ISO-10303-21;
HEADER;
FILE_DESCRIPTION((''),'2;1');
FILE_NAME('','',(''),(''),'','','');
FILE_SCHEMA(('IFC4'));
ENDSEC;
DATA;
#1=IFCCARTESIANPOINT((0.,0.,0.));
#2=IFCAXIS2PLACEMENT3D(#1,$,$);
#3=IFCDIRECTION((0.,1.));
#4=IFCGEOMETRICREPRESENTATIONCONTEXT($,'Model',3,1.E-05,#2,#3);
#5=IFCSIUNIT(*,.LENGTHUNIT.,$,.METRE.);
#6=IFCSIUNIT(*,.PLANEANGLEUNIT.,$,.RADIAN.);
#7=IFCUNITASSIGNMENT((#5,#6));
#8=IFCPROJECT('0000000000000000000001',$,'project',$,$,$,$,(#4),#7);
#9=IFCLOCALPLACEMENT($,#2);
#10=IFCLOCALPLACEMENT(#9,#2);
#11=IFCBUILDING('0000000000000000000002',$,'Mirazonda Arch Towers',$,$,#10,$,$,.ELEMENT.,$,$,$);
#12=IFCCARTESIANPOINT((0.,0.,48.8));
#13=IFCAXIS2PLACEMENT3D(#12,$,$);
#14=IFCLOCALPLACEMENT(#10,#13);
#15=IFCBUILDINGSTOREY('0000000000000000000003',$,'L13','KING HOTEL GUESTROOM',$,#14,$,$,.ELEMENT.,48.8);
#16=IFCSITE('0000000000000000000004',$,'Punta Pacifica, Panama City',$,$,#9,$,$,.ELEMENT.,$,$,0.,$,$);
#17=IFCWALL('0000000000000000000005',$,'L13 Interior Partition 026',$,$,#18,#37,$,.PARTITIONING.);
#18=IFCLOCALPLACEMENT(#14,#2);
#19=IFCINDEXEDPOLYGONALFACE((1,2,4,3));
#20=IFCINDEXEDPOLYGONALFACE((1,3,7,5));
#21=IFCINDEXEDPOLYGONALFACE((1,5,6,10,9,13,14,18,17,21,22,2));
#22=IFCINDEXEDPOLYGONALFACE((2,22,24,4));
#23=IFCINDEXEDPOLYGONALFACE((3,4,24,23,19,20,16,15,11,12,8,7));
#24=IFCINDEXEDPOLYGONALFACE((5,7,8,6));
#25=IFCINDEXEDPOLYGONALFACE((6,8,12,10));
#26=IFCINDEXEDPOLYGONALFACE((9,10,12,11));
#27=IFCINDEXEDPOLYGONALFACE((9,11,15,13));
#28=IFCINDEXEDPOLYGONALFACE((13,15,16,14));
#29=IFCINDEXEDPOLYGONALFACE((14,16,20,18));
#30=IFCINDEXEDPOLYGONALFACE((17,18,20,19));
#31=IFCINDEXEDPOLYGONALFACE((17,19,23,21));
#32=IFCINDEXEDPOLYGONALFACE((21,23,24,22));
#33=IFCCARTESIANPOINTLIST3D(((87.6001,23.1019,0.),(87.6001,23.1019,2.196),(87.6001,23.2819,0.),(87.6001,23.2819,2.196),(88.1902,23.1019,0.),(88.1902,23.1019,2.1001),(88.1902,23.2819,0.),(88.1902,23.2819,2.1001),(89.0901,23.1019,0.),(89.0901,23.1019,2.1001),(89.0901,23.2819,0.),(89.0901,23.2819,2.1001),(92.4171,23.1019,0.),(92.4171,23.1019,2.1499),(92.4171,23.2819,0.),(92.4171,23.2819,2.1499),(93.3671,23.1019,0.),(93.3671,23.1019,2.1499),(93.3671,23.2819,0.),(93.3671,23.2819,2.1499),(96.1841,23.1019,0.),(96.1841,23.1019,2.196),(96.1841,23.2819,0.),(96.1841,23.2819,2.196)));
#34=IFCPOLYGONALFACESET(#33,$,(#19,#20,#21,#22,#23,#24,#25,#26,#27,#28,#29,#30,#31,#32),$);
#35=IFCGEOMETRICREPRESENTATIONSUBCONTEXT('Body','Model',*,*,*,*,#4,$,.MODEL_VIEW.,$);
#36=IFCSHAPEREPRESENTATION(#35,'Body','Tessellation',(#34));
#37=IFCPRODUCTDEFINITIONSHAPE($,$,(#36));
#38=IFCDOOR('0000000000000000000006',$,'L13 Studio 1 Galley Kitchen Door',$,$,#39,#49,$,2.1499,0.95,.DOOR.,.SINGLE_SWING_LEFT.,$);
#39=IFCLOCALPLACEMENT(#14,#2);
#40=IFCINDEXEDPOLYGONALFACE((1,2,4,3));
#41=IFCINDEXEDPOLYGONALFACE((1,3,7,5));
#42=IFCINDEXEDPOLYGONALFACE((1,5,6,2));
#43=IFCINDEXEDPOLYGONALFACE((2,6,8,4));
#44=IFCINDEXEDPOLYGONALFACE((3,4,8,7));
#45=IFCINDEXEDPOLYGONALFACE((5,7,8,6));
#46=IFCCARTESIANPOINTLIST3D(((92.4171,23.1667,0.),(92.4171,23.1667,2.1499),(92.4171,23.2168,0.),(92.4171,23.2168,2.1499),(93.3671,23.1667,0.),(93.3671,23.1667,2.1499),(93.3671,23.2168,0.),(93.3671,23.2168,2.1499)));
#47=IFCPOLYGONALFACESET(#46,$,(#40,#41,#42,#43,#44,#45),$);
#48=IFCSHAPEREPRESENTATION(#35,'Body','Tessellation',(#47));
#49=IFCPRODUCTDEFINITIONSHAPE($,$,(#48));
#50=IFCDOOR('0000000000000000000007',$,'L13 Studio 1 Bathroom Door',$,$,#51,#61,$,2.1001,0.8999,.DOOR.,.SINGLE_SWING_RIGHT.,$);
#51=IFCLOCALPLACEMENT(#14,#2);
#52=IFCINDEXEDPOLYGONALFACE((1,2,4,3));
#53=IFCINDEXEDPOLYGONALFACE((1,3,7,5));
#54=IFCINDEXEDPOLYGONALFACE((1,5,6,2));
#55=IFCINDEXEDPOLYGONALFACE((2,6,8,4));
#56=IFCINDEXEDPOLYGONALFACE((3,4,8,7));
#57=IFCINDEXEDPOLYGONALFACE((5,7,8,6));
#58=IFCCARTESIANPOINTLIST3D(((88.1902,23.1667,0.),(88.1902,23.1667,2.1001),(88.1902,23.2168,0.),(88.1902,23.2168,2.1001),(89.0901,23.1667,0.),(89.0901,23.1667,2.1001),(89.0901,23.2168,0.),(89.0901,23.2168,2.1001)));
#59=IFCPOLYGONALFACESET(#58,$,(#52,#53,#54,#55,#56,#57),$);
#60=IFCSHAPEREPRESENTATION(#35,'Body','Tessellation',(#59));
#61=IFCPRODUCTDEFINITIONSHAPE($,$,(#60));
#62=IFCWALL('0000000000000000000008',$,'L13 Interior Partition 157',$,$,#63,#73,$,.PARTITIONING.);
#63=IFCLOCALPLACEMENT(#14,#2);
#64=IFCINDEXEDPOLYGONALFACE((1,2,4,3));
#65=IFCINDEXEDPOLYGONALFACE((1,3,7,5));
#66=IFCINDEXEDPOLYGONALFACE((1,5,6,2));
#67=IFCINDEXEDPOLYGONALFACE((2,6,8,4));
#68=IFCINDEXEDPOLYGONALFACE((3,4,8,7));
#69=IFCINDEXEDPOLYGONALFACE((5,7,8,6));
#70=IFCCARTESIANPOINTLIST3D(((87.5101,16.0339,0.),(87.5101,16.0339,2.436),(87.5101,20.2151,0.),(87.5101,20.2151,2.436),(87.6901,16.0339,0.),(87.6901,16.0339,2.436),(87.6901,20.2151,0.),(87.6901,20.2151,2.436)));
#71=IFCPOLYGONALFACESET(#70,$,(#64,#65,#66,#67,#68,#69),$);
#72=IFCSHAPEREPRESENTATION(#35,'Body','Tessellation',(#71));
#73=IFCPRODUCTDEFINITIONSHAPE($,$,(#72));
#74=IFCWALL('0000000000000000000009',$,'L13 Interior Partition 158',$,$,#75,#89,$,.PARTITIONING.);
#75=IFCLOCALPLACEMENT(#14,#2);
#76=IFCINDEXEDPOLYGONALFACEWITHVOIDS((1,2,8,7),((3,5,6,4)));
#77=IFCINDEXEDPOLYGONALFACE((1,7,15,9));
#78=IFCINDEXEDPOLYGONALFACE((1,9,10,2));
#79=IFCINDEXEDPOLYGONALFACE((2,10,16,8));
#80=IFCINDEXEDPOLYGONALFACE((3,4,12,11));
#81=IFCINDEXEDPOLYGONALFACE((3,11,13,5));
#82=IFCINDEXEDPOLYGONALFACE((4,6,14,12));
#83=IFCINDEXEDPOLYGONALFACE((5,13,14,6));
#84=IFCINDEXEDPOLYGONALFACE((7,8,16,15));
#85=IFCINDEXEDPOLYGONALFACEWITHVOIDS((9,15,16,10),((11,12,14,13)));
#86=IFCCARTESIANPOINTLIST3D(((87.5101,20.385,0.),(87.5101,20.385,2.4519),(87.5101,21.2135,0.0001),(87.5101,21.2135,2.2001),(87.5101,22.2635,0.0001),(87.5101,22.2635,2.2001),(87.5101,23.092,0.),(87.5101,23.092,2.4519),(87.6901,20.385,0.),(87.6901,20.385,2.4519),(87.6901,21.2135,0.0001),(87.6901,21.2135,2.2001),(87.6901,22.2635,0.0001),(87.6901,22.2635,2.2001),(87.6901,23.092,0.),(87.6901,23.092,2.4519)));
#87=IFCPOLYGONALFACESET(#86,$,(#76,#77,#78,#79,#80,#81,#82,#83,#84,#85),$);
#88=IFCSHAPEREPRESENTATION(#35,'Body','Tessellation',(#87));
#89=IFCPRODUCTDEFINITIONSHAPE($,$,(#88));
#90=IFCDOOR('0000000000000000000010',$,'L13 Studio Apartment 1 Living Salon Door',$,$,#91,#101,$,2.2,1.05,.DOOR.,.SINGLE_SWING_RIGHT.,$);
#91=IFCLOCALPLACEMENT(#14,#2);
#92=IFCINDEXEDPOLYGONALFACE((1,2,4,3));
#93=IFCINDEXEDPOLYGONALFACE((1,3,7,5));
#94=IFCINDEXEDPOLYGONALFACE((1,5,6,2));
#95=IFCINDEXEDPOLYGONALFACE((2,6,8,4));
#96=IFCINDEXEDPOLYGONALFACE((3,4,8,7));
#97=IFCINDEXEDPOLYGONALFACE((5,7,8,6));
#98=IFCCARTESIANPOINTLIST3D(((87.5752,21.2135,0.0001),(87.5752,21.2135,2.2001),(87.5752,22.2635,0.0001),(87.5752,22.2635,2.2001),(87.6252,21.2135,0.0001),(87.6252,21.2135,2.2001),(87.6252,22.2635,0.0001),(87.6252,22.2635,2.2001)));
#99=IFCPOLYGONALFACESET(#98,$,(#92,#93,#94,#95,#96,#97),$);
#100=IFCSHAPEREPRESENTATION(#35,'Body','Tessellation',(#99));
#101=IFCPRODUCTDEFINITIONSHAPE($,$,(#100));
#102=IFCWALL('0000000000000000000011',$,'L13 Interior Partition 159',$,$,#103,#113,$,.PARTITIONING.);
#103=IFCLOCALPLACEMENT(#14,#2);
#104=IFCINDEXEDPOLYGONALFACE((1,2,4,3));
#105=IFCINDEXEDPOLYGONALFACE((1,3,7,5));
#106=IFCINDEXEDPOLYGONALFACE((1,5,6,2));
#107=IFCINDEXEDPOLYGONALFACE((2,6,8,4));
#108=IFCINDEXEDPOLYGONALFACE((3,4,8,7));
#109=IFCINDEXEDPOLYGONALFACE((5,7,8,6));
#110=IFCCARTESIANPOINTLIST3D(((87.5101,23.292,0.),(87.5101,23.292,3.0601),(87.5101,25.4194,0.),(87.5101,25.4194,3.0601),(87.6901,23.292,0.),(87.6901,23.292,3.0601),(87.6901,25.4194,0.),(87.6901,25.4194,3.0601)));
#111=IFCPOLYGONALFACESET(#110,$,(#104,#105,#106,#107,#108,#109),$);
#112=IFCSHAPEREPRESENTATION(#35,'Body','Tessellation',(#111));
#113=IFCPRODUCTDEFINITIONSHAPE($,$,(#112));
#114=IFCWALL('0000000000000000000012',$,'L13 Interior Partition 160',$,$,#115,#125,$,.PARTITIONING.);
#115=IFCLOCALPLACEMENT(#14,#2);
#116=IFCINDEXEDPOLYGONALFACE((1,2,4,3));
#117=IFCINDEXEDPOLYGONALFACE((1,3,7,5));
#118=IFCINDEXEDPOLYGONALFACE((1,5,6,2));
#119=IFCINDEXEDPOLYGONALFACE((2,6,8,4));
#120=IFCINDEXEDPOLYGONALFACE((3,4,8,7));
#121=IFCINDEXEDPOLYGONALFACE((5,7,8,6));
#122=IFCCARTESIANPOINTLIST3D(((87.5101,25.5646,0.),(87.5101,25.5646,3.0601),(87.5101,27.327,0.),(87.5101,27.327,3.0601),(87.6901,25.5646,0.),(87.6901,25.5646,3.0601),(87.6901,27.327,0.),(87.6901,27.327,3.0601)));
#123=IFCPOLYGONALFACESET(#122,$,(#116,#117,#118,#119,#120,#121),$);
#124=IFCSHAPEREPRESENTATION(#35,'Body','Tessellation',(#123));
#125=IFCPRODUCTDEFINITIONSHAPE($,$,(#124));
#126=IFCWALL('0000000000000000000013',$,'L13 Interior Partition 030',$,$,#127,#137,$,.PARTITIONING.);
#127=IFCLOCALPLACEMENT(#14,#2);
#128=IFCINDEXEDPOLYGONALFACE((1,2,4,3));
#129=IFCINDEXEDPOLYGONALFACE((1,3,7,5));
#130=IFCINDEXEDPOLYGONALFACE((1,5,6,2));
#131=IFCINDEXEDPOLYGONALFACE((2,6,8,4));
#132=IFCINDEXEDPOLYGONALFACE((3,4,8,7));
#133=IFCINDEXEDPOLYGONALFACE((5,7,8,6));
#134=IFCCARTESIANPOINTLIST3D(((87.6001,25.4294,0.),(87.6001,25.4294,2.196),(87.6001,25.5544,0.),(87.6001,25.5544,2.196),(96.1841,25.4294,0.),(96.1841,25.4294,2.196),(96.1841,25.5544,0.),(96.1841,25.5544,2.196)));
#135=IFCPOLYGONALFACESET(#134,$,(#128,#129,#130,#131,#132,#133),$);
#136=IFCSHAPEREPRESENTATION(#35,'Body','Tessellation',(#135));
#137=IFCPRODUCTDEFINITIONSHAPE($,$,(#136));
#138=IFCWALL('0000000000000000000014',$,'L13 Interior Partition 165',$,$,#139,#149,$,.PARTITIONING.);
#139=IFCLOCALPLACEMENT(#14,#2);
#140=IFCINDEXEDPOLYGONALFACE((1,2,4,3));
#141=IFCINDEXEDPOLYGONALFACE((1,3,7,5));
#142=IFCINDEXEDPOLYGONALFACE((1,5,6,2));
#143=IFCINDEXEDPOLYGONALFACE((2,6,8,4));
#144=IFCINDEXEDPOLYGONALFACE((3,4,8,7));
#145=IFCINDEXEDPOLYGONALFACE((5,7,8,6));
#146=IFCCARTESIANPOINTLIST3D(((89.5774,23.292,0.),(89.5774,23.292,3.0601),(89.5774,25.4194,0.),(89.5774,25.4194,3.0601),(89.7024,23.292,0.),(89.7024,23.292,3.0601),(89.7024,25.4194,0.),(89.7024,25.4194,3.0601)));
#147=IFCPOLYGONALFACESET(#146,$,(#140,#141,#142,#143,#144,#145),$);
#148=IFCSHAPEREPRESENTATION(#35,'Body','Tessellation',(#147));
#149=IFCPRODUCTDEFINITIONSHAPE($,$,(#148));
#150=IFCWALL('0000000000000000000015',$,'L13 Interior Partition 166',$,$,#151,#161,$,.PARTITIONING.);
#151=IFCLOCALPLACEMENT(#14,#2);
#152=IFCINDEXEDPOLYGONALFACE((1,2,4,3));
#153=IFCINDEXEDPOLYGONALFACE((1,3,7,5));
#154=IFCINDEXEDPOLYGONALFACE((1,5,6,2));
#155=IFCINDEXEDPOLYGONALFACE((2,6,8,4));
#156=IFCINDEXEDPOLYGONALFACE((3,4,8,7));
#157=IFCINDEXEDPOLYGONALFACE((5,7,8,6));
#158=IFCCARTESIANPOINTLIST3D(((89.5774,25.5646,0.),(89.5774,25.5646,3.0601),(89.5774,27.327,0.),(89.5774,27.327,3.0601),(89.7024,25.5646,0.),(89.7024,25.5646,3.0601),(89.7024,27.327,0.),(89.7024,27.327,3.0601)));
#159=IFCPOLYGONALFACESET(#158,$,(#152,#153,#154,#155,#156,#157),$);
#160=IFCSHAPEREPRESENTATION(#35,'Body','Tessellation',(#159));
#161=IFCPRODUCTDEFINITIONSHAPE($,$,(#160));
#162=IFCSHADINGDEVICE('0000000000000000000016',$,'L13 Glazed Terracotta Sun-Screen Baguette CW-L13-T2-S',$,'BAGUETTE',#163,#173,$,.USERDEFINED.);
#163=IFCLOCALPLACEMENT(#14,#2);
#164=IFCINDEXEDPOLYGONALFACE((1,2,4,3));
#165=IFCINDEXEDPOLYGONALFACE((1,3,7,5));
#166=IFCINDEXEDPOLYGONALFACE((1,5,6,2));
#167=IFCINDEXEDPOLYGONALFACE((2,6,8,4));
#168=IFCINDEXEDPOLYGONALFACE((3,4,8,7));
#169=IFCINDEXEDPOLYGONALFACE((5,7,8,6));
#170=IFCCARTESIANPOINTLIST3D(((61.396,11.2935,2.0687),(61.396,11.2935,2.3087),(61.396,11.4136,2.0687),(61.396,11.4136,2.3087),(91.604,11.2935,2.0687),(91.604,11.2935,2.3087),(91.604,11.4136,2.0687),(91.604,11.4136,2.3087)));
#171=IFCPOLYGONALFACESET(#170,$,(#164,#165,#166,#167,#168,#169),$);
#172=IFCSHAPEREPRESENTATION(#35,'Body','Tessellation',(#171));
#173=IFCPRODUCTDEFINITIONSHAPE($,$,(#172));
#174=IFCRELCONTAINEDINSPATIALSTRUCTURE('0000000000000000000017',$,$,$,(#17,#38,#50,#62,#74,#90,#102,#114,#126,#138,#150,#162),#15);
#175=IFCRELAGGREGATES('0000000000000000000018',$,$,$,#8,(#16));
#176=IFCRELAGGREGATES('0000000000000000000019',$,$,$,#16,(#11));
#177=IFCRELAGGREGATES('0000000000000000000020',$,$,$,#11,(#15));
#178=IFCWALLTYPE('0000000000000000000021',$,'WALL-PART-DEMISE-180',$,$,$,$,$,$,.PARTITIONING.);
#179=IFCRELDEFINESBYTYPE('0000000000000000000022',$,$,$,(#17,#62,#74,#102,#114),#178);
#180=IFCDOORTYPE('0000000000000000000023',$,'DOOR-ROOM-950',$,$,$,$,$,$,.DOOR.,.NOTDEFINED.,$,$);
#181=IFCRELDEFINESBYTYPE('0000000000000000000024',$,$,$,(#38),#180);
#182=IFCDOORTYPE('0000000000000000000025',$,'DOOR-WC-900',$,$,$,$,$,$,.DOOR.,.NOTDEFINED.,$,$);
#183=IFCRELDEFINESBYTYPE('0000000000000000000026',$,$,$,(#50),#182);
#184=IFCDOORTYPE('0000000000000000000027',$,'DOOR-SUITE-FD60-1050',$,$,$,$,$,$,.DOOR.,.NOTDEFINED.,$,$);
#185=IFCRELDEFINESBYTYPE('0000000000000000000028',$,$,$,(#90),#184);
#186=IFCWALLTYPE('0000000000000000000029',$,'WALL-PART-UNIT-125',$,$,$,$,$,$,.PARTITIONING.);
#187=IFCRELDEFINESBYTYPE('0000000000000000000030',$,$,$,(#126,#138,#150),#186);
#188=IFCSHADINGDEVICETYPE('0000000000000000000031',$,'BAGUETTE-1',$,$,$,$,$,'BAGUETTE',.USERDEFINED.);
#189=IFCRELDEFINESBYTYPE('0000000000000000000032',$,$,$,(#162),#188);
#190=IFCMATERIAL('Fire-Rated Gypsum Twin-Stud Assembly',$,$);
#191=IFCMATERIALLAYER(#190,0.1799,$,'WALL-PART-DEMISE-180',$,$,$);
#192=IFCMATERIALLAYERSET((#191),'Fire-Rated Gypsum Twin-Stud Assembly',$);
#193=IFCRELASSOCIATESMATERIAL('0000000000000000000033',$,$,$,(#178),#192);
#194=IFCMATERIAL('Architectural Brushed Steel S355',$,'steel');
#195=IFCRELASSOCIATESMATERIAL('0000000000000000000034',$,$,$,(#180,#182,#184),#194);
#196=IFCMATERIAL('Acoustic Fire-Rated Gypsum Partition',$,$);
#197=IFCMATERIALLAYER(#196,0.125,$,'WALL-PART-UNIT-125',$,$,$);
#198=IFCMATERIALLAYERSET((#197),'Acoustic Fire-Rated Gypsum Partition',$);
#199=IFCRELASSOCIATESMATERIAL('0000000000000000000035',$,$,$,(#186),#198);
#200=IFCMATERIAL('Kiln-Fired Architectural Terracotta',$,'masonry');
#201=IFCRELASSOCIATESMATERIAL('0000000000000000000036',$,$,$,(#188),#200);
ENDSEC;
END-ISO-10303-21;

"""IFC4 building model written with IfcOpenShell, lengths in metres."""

from ifc_helpers import new_model, si_unit, direction, frame, frame_2d, origin, origin_2d, place, context, subcontext, project, spatial, rectangle, extrude, material, layer, layer_set, material_profile, profile_set, type_object, element, fill, save


model = new_model("IFC4")

# Units and contexts
model_context = context("Model", 3, precision=1e-05, world=origin(), true_north=direction((0.0, 1.0)))
body_context = subcontext(model_context, "Body", "Model", "MODEL_VIEW")
ifc_project = project(units=[si_unit("LENGTHUNIT", "METRE"), si_unit("PLANEANGLEUNIT", "RADIAN")], contexts=[model_context])

# Site, building, storey
site_placement = place(None, origin())
site = spatial("IfcSite", under=ifc_project, at=site_placement, Name="Punta Pacifica, Panama City", CompositionType="ELEMENT", RefElevation=0.0)
building_placement = place(site_placement, origin())
building = spatial("IfcBuilding", under=site, at=building_placement, Name="Mirazonda Arch Towers", CompositionType="ELEMENT")
storey_placement = place(building_placement, frame((0.0, 0.0, 48.8)))
storey = spatial("IfcBuildingStorey", under=building, at=storey_placement, Name="L13", Description="KING HOTEL GUESTROOM", CompositionType="ELEMENT", Elevation=48.8)

# Shared definitions
ifc_material_1 = material(Name="Fire-Rated Gypsum Twin-Stud Assembly")
ifc_layer_1 = layer(ifc_material_1, 0.1799, Name="WALL-PART-DEMISE-180")
ifc_layer_set_1 = layer_set([ifc_layer_1], Name="Fire-Rated Gypsum Twin-Stud Assembly")
wall_type_1 = type_object("IfcWallType", Name="WALL-PART-DEMISE-180", PredefinedType="PARTITIONING", material=ifc_layer_set_1)

# Wall, openings, doors
wall_1_placement = place(storey_placement, frame((87.6001, 23.1919, 0.0), z_axis=(0.0, 0.0, 1.0), x_axis=(1.0, 0.0, 0.0)))
wall_1 = element("IfcWall", 1, at=wall_1_placement, inside=storey, type_object=wall_type_1, Name="L13 Interior Partition 026", PredefinedType="PARTITIONING", context=body_context, shape_type="SweptSolid", body=[
    extrude(rectangle(XDim=8.584, YDim=0.1799, at=frame_2d((4.292, 0.0))), origin(), (0.0, 0.0, 1.0), 2.196),
])
opening_1_placement = place(wall_1_placement, frame((4.8169, 0.0, 0.0)))
opening_1 = element("IfcOpeningElement", 2, at=opening_1_placement, cuts=wall_1, PredefinedType="OPENING", context=body_context, shape_type="SweptSolid", body=[
    extrude(rectangle(XDim=0.95, YDim=2.1499, at=frame_2d((0.4751, 1.075))), frame((0.0, 0.0999, 0.0), z_axis=(0.0, -1.0, 0.0), x_axis=(1.0, 0.0, 0.0)), (0.0, 0.0, 1.0), 0.2),
])
opening_2_placement = place(wall_1_placement, frame((0.5901, 0.0, 0.0)))
opening_2 = element("IfcOpeningElement", 3, at=opening_2_placement, cuts=wall_1, PredefinedType="OPENING", context=body_context, shape_type="SweptSolid", body=[
    extrude(rectangle(XDim=0.8999, YDim=2.1001, at=frame_2d((0.45, 1.05))), frame((0.0, 0.0999, 0.0), z_axis=(0.0, -1.0, 0.0), x_axis=(1.0, 0.0, 0.0)), (0.0, 0.0, 1.0), 0.2),
])
ifc_material_2 = material(Name="Architectural Brushed Steel S355", Category="steel")
door_type_1 = type_object("IfcDoorType", Name="DOOR-ROOM-950", OperationType="NOTDEFINED", PredefinedType="DOOR", material=ifc_material_2)
door_1_placement = place(opening_1_placement, origin())
door_1 = element("IfcDoor", 4, at=door_1_placement, inside=storey, type_object=door_type_1, Name="L13 Studio 1 Galley Kitchen Door", OperationType="SINGLE_SWING_LEFT", OverallHeight=2.1499, OverallWidth=0.95, PredefinedType="DOOR", context=body_context, shape_type="SweptSolid", body=[
    extrude(rectangle(XDim=0.95, YDim=2.1499, at=frame_2d((0.4751, 1.075))), frame((0.0, 0.0249, 0.0), z_axis=(0.0, -1.0, 0.0), x_axis=(1.0, 0.0, 0.0)), (0.0, 0.0, 1.0), 0.05),
])
fill(opening_1, door_1)
door_type_2 = type_object("IfcDoorType", Name="DOOR-WC-900", OperationType="NOTDEFINED", PredefinedType="DOOR", material=ifc_material_2)
door_2_placement = place(opening_2_placement, origin())
door_2 = element("IfcDoor", 5, at=door_2_placement, inside=storey, type_object=door_type_2, Name="L13 Studio 1 Bathroom Door", OperationType="SINGLE_SWING_RIGHT", OverallHeight=2.1001, OverallWidth=0.8999, PredefinedType="DOOR", context=body_context, shape_type="SweptSolid", body=[
    extrude(rectangle(XDim=0.8999, YDim=2.1001, at=frame_2d((0.45, 1.05))), frame((0.0, 0.0249, 0.0), z_axis=(0.0, -1.0, 0.0), x_axis=(1.0, 0.0, 0.0)), (0.0, 0.0, 1.0), 0.05),
])
fill(opening_2, door_2)

# Wall
wall_2_placement = place(storey_placement, frame((87.6001, 16.0339, 0.0), z_axis=(0.0, 0.0, 1.0), x_axis=(0.0, 1.0, 0.0)))
element("IfcWall", 6, at=wall_2_placement, inside=storey, type_object=wall_type_1, Name="L13 Interior Partition 157", PredefinedType="PARTITIONING", context=body_context, shape_type="SweptSolid", body=[
    extrude(rectangle(XDim=4.1812, YDim=0.1799, at=frame_2d((2.0906, 0.0))), origin(), (0.0, 0.0, 1.0), 2.436),
])

# Wall, opening, door
wall_3_placement = place(storey_placement, frame((87.6001, 20.385, 0.0), z_axis=(0.0, 0.0, 1.0), x_axis=(0.0, 1.0, 0.0)))
wall_3 = element("IfcWall", 7, at=wall_3_placement, inside=storey, type_object=wall_type_1, Name="L13 Interior Partition 158", PredefinedType="PARTITIONING", context=body_context, shape_type="SweptSolid", body=[
    extrude(rectangle(XDim=2.707, YDim=0.1799, at=frame_2d((1.3535, 0.0))), origin(), (0.0, 0.0, 1.0), 2.4519),
])
opening_3_placement = place(wall_3_placement, frame((0.8286, 0.0, 0.0)))
opening_3 = element("IfcOpeningElement", 8, at=opening_3_placement, cuts=wall_3, PredefinedType="OPENING", context=body_context, shape_type="SweptSolid", body=[
    extrude(rectangle(XDim=1.05, YDim=2.2, at=frame_2d((0.5249, 1.1001))), frame((0.0, 0.0999, 0.0), z_axis=(0.0, -1.0, 0.0), x_axis=(1.0, 0.0, 0.0)), (0.0, 0.0, 1.0), 0.2),
])
door_type_3 = type_object("IfcDoorType", Name="DOOR-SUITE-FD60-1050", OperationType="NOTDEFINED", PredefinedType="DOOR", material=ifc_material_2)
door_3_placement = place(opening_3_placement, origin())
door_3 = element("IfcDoor", 9, at=door_3_placement, inside=storey, type_object=door_type_3, Name="L13 Studio Apartment 1 Living Salon Door", OperationType="SINGLE_SWING_RIGHT", OverallHeight=2.2, OverallWidth=1.05, PredefinedType="DOOR", context=body_context, shape_type="SweptSolid", body=[
    extrude(rectangle(XDim=1.05, YDim=2.2, at=frame_2d((0.5249, 1.1001))), frame((0.0, 0.0249, 0.0), z_axis=(0.0, -1.0, 0.0), x_axis=(1.0, 0.0, 0.0)), (0.0, 0.0, 1.0), 0.05),
])
fill(opening_3, door_3)

# Walls
wall_4_placement = place(storey_placement, frame((87.6001, 23.292, 0.0), z_axis=(0.0, 0.0, 1.0), x_axis=(0.0, 1.0, 0.0)))
element("IfcWall", 10, at=wall_4_placement, inside=storey, type_object=wall_type_1, Name="L13 Interior Partition 159", PredefinedType="PARTITIONING", context=body_context, shape_type="SweptSolid", body=[
    extrude(rectangle(XDim=2.1274, YDim=0.1799, at=frame_2d((1.0637, 0.0))), origin(), (0.0, 0.0, 1.0), 3.0601),
])
wall_5_placement = place(storey_placement, frame((87.6001, 25.5645, 0.0), z_axis=(0.0, 0.0, 1.0), x_axis=(0.0, 1.0, 0.0)))
element("IfcWall", 11, at=wall_5_placement, inside=storey, type_object=wall_type_1, Name="L13 Interior Partition 160", PredefinedType="PARTITIONING", context=body_context, shape_type="SweptSolid", body=[
    extrude(rectangle(XDim=1.7625, YDim=0.1799, at=frame_2d((0.8813, 0.0))), origin(), (0.0, 0.0, 1.0), 3.0601),
])
ifc_material_3 = material(Name="Acoustic Fire-Rated Gypsum Partition")
ifc_layer_2 = layer(ifc_material_3, 0.125, Name="WALL-PART-UNIT-125")
ifc_layer_set_2 = layer_set([ifc_layer_2], Name="Acoustic Fire-Rated Gypsum Partition")
wall_type_2 = type_object("IfcWallType", Name="WALL-PART-UNIT-125", PredefinedType="PARTITIONING", material=ifc_layer_set_2)
wall_6_placement = place(storey_placement, frame((87.6001, 25.4919, 0.0), z_axis=(0.0, 0.0, 1.0), x_axis=(1.0, 0.0, 0.0)))
element("IfcWall", 12, at=wall_6_placement, inside=storey, type_object=wall_type_2, Name="L13 Interior Partition 030", PredefinedType="PARTITIONING", context=body_context, shape_type="SweptSolid", body=[
    extrude(rectangle(XDim=8.584, YDim=0.125, at=frame_2d((4.292, 0.0))), origin(), (0.0, 0.0, 1.0), 2.196),
])
wall_7_placement = place(storey_placement, frame((89.6399, 23.292, 0.0), z_axis=(0.0, 0.0, 1.0), x_axis=(0.0, 1.0, 0.0)))
element("IfcWall", 13, at=wall_7_placement, inside=storey, type_object=wall_type_2, Name="L13 Interior Partition 165", PredefinedType="PARTITIONING", context=body_context, shape_type="SweptSolid", body=[
    extrude(rectangle(XDim=2.1274, YDim=0.125, at=frame_2d((1.0637, 0.0))), origin(), (0.0, 0.0, 1.0), 3.0601),
])
wall_8_placement = place(storey_placement, frame((89.6399, 25.5645, 0.0), z_axis=(0.0, 0.0, 1.0), x_axis=(0.0, 1.0, 0.0)))
element("IfcWall", 14, at=wall_8_placement, inside=storey, type_object=wall_type_2, Name="L13 Interior Partition 166", PredefinedType="PARTITIONING", context=body_context, shape_type="SweptSolid", body=[
    extrude(rectangle(XDim=1.7625, YDim=0.125, at=frame_2d((0.8813, 0.0))), origin(), (0.0, 0.0, 1.0), 3.0601),
])

# Shading device
ifc_material_4 = material(Name="Kiln-Fired Architectural Terracotta", Category="masonry")
ifc_material_profile_1 = material_profile(ifc_material_4, rectangle(XDim=0.1201, YDim=0.24, at=origin_2d()), Name="TERRA-BAG-120x240")
ifc_profile_set_1 = profile_set([ifc_material_profile_1], Name="Kiln-Fired Architectural Terracotta")
shading_device_type = type_object("IfcShadingDeviceType", Name="BAGUETTE-1", ElementType="BAGUETTE", PredefinedType="USERDEFINED", material=ifc_profile_set_1)
shading_device_1_placement = place(storey_placement, frame((91.604, 11.3535, 2.1887), z_axis=(-1.0, 0.0, 0.0), x_axis=(0.0, -1.0, 0.0)))
element("IfcShadingDevice", 15, at=shading_device_1_placement, inside=storey, type_object=shading_device_type, Name="L13 Glazed Terracotta Sun-Screen Baguette CW-L13-T2-S", ObjectType="BAGUETTE", PredefinedType="USERDEFINED", context=body_context, shape_type="SweptSolid", body=[
    extrude(rectangle(XDim=0.1201, YDim=0.24, at=origin_2d()), origin(), (0.0, 0.0, 1.0), 30.208),
])

save(model, "model.ifc")
